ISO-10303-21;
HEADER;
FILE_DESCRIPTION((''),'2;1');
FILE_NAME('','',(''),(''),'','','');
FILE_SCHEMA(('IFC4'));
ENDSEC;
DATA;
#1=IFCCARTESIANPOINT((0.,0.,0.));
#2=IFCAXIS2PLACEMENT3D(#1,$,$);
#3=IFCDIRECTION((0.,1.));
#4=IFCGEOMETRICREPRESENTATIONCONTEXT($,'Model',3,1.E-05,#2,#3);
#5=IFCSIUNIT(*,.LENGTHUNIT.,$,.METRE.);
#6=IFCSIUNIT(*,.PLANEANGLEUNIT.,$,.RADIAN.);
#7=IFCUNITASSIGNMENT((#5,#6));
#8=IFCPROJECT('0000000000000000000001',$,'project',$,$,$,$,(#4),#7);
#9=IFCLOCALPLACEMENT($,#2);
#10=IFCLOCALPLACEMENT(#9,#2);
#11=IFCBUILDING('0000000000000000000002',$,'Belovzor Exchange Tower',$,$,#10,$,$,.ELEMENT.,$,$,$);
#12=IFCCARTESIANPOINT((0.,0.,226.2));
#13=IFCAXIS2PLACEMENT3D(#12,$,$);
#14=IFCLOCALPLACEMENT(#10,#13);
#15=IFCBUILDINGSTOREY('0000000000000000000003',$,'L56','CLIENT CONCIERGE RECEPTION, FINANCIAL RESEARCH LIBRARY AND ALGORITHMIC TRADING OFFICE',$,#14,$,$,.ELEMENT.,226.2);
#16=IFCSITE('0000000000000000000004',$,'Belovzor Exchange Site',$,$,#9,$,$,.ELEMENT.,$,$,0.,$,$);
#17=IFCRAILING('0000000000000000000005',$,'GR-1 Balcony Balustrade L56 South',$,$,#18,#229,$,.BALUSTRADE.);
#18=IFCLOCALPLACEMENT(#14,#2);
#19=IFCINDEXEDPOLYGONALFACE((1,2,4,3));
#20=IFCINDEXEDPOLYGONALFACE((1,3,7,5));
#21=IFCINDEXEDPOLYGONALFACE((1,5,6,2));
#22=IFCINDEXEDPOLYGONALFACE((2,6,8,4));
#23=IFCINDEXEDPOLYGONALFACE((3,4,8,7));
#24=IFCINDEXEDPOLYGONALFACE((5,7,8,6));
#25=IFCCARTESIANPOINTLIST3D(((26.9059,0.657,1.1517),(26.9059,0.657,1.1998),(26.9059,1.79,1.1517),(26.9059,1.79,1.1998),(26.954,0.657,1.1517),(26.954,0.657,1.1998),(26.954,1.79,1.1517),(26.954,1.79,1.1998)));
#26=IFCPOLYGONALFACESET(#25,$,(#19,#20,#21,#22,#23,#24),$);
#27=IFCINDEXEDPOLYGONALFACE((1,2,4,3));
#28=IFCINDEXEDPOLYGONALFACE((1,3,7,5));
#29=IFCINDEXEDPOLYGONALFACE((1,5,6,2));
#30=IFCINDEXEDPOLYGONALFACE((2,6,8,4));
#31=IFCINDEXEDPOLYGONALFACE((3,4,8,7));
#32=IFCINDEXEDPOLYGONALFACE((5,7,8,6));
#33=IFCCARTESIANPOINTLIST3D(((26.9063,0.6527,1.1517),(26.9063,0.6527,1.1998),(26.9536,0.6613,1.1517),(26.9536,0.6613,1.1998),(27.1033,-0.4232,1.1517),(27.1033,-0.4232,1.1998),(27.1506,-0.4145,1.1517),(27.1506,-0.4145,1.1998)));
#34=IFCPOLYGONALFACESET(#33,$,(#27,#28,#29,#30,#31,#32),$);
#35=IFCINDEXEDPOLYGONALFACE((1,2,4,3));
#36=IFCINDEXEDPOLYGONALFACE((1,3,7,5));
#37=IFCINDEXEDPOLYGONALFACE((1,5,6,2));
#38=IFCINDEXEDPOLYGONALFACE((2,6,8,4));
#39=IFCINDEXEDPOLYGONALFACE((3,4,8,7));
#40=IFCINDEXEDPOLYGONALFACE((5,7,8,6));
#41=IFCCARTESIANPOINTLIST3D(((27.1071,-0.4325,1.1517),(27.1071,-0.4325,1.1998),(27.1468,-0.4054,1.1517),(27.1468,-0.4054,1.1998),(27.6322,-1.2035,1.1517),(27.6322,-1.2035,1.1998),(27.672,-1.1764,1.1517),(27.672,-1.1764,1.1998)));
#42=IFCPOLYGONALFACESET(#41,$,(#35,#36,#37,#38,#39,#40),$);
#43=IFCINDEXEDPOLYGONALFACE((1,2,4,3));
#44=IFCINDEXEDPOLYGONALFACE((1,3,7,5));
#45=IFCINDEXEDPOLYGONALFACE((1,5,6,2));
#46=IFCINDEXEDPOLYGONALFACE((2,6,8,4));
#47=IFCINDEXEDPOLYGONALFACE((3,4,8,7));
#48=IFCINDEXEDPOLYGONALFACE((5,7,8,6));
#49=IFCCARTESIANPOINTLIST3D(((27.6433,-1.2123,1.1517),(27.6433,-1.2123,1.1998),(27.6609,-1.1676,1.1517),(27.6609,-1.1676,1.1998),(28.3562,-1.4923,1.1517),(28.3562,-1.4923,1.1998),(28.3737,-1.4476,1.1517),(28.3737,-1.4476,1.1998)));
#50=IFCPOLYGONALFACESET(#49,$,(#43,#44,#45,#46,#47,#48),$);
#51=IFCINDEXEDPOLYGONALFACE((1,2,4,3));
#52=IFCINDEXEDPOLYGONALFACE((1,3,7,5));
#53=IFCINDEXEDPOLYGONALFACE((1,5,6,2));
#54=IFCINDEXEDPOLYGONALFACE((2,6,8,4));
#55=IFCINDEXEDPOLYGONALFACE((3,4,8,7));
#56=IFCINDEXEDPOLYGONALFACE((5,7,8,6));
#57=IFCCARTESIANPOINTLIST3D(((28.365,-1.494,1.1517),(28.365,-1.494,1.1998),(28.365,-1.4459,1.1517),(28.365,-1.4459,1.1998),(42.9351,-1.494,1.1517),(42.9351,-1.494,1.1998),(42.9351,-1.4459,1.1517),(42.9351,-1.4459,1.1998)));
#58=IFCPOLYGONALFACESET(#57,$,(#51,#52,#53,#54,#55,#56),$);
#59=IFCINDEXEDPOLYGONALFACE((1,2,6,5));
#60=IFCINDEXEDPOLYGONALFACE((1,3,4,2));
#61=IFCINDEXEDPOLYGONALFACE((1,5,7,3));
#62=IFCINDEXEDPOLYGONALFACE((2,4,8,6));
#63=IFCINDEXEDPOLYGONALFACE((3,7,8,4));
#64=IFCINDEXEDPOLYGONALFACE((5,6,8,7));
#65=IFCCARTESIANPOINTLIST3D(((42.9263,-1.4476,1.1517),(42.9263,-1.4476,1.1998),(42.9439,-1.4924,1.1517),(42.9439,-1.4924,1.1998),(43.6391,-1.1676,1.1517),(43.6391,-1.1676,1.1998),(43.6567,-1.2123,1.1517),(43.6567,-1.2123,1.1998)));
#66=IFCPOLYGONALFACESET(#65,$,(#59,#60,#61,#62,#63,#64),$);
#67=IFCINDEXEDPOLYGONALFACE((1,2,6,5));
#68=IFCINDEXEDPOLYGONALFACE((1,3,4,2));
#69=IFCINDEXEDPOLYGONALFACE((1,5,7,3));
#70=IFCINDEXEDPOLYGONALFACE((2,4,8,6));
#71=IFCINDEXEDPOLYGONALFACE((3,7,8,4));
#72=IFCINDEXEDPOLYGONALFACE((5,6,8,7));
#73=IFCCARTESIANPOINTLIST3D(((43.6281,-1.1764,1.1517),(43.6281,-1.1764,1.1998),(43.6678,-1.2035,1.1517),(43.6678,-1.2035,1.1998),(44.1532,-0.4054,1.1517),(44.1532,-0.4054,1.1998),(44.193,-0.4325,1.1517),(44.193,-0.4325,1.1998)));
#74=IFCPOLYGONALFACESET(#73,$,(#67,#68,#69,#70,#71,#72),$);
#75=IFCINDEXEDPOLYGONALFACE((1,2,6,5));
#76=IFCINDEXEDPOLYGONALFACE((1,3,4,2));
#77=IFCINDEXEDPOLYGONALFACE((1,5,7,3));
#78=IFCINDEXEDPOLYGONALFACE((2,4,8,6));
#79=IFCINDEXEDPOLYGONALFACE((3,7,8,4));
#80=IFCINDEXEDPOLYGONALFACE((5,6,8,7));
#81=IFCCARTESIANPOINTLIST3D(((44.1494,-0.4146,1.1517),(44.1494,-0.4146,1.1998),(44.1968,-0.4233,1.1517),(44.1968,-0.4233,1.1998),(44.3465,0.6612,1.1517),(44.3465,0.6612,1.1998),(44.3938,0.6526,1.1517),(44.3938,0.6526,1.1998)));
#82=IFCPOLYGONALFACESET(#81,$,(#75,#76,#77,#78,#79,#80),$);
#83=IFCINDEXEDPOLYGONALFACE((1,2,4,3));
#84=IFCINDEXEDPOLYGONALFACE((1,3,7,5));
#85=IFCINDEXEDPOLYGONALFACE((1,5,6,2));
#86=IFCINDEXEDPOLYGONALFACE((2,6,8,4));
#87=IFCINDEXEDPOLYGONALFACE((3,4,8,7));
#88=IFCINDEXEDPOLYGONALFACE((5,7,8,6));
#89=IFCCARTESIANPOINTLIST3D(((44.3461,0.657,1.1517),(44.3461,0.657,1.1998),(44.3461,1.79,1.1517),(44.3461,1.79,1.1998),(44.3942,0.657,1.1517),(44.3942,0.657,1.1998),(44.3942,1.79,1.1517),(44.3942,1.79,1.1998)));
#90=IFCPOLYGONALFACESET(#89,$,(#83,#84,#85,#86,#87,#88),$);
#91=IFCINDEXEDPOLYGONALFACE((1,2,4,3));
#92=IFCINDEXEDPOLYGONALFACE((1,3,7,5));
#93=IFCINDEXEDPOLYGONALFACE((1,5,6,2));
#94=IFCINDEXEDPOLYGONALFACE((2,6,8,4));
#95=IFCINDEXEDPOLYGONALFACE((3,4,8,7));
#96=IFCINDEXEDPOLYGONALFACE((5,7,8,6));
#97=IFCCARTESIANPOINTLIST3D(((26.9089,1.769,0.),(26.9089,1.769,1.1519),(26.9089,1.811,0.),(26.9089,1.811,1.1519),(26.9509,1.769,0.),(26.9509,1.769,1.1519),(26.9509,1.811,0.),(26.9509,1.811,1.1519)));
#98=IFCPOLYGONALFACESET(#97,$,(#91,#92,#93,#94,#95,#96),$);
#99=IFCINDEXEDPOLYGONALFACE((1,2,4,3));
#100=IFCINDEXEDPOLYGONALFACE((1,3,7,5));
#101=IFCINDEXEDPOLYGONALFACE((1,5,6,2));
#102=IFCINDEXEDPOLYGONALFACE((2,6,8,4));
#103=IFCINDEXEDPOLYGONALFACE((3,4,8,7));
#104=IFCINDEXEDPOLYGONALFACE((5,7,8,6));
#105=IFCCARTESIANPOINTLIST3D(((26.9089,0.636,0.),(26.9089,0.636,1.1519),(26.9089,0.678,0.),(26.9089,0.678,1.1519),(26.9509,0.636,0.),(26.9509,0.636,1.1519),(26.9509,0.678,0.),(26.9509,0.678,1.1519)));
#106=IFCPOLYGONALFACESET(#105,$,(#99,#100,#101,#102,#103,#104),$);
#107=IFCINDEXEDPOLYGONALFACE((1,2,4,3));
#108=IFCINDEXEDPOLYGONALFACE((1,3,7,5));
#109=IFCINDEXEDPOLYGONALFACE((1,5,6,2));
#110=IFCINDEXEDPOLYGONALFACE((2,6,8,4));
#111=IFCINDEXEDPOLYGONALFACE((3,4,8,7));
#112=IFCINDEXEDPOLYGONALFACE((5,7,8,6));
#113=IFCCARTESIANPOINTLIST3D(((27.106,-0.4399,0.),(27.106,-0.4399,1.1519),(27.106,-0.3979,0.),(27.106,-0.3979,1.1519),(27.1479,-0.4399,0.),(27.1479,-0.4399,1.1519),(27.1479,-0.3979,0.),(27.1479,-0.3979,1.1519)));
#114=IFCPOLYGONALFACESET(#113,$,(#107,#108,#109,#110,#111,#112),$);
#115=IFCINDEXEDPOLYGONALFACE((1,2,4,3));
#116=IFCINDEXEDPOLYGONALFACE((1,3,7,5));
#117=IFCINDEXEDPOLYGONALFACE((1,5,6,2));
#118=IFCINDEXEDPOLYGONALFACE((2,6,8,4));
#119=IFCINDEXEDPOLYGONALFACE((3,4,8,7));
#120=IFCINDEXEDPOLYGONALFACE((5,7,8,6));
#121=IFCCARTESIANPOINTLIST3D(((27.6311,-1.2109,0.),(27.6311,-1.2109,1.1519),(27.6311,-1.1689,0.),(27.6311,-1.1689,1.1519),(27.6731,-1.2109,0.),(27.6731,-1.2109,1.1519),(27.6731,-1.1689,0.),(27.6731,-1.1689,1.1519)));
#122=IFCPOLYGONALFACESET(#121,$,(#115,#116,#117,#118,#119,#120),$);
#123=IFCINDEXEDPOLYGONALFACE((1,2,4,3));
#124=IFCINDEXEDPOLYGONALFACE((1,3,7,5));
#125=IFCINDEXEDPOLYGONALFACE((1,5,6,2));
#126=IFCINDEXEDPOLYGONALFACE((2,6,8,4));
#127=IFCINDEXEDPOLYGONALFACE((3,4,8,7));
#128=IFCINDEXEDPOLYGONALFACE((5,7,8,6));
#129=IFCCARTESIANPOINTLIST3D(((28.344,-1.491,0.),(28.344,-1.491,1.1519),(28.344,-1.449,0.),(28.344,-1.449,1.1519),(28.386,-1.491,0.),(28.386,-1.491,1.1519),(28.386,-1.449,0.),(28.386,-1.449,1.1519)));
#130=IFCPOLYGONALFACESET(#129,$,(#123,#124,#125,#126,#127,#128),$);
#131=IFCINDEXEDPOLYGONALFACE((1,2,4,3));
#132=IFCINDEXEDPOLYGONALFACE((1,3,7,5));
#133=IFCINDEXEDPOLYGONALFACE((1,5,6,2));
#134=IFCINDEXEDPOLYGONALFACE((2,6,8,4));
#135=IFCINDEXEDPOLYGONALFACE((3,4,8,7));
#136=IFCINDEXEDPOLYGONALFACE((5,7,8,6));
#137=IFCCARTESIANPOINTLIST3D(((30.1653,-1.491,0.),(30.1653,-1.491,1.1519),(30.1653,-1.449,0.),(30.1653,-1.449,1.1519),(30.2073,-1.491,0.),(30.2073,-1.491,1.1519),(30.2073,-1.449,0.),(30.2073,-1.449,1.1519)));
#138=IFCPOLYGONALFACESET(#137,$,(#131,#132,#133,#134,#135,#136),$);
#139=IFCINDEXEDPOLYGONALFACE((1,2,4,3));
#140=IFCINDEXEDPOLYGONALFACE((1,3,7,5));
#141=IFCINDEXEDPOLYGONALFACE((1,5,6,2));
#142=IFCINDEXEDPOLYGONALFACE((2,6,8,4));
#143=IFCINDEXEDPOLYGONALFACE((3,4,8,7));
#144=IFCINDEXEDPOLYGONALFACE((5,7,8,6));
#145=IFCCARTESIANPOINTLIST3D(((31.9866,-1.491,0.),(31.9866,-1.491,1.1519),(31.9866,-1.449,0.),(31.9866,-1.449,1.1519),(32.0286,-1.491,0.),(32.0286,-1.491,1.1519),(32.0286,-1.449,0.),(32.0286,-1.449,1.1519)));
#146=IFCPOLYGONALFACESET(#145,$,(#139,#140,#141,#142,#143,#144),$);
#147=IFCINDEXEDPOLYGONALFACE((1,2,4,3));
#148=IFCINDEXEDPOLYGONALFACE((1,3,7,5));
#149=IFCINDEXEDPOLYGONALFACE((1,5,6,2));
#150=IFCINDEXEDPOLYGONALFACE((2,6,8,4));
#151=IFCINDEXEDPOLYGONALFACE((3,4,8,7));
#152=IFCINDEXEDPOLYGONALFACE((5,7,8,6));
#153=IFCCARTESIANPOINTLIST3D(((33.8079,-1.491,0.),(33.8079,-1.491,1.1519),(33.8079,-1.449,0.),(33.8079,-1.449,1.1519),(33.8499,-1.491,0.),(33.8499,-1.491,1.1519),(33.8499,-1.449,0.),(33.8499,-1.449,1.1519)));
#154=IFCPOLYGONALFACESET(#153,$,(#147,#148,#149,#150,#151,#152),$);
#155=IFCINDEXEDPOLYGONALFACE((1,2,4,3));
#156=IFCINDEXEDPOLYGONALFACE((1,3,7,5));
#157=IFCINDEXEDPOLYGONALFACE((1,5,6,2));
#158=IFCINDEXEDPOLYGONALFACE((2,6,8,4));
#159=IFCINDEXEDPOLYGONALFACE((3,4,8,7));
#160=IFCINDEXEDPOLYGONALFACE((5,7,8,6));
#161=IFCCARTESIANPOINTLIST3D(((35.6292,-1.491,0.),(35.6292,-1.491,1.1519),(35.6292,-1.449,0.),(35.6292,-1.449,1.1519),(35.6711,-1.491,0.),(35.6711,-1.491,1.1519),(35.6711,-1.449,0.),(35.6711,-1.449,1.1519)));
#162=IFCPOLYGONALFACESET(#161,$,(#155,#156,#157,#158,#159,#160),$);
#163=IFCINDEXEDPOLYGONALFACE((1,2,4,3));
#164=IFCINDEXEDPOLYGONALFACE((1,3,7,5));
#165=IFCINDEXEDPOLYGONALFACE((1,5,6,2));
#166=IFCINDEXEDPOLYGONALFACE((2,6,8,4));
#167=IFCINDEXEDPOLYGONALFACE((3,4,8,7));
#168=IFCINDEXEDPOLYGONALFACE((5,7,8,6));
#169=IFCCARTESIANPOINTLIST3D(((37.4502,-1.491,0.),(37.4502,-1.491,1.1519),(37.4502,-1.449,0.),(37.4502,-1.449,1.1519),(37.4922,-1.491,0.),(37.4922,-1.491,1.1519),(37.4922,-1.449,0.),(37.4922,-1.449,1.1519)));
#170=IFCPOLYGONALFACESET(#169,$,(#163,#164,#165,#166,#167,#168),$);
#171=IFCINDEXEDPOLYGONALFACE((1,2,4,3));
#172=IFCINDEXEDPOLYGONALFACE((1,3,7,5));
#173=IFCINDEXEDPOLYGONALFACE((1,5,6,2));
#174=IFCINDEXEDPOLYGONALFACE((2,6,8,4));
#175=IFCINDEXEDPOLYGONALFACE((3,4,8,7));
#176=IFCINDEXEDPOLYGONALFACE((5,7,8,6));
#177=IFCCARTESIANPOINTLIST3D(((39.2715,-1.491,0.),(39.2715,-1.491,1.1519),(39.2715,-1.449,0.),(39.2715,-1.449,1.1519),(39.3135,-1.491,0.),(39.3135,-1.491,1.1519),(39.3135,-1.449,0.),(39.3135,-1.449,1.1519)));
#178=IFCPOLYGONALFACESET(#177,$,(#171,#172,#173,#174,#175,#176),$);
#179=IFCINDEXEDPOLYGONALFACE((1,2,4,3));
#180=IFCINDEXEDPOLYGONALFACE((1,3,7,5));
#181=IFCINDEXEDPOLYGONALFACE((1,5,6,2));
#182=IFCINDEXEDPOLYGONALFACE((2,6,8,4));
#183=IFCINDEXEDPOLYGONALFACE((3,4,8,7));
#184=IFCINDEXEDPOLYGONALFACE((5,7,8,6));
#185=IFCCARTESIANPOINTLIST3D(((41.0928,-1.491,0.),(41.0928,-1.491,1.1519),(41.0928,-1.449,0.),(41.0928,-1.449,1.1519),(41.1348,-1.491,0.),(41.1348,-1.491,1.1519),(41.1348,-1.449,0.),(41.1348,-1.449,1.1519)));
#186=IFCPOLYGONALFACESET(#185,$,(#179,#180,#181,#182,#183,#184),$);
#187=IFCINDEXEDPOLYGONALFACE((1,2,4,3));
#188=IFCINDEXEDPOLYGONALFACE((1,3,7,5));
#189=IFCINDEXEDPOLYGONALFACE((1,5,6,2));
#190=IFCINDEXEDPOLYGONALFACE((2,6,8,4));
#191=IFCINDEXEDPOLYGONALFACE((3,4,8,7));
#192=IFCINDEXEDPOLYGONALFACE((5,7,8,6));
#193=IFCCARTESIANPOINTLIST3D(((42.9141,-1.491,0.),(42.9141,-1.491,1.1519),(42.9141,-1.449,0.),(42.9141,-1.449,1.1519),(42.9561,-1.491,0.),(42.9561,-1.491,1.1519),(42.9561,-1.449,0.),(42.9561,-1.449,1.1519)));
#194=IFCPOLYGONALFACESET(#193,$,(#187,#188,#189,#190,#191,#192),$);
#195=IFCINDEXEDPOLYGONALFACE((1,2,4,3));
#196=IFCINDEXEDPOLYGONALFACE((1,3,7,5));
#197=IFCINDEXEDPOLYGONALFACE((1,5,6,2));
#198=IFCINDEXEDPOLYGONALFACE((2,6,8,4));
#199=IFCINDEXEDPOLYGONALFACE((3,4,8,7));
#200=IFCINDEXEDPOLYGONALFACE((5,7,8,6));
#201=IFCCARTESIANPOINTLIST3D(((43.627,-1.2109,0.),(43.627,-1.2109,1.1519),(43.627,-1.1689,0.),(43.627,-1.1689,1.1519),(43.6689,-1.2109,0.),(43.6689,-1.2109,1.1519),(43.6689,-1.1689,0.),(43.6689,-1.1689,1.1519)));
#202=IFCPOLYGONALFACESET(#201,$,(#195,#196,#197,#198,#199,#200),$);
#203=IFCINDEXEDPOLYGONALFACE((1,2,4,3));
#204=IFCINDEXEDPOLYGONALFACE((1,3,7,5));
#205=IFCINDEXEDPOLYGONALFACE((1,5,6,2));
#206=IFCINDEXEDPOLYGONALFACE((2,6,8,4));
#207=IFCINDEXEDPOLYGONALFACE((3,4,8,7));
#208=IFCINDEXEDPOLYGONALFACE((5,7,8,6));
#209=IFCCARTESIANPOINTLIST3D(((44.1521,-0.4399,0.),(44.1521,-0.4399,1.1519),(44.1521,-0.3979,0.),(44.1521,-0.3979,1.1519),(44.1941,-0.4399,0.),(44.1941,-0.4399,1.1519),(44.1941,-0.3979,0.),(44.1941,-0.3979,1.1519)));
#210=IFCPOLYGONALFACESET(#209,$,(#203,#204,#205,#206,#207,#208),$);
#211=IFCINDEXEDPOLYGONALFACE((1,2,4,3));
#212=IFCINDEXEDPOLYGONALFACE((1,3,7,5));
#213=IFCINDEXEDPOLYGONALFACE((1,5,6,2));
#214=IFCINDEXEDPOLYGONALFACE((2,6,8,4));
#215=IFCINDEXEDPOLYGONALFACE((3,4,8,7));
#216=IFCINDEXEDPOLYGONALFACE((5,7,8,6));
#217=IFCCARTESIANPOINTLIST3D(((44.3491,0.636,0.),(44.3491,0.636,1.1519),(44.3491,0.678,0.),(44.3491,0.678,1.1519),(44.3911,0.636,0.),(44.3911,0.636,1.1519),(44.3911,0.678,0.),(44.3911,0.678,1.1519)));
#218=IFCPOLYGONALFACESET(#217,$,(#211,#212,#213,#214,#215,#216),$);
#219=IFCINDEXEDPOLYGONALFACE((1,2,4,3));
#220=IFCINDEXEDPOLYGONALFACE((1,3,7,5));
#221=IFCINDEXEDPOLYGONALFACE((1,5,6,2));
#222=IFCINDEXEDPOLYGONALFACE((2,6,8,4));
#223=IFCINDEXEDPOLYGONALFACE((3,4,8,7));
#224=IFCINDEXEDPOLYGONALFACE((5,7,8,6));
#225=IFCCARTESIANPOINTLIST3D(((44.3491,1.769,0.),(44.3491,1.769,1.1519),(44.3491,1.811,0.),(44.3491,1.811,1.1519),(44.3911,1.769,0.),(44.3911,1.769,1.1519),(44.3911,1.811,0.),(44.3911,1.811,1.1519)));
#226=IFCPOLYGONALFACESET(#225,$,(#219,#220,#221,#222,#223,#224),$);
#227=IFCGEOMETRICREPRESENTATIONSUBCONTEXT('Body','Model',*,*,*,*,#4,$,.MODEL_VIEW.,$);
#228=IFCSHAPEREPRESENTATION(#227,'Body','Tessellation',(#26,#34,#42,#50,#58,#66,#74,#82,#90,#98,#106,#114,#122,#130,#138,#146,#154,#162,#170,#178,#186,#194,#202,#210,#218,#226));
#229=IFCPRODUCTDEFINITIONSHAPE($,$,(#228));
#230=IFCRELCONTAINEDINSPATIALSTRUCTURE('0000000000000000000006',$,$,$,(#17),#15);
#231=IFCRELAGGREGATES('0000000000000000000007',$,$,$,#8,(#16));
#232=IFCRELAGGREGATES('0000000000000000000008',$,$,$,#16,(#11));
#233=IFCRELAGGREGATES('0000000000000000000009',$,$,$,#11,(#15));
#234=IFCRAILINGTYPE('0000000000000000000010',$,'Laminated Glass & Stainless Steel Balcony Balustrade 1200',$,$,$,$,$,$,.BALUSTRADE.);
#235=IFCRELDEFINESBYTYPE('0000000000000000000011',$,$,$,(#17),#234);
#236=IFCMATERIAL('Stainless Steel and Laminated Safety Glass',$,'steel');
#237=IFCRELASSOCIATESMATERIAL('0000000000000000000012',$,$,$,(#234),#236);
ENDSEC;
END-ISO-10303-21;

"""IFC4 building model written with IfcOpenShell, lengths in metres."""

from ifc_helpers import new_model, si_unit, direction, frame, origin, origin_2d, place, context, subcontext, project, spatial, rectangle, extrude, material, type_object, element, save


model = new_model("IFC4")

# Units and contexts
model_context = context("Model", 3, precision=1e-05, world=origin(), true_north=direction((0.0, 1.0)))
body_context = subcontext(model_context, "Body", "Model", "MODEL_VIEW")
ifc_project = project(units=[si_unit("LENGTHUNIT", "METRE"), si_unit("PLANEANGLEUNIT", "RADIAN")], contexts=[model_context])

# Site, building, storey
site_placement = place(None, origin())
site = spatial("IfcSite", under=ifc_project, at=site_placement, Name="Belovzor Exchange Site", CompositionType="ELEMENT", RefElevation=0.0)
building_placement = place(site_placement, origin())
building = spatial("IfcBuilding", under=site, at=building_placement, Name="Belovzor Exchange Tower", CompositionType="ELEMENT")
storey_placement = place(building_placement, frame((0.0, 0.0, 226.2)))
storey = spatial("IfcBuildingStorey", under=building, at=storey_placement, Name="L56", Description="CLIENT CONCIERGE RECEPTION, FINANCIAL RESEARCH LIBRARY AND ALGORITHMIC TRADING OFFICE", CompositionType="ELEMENT", Elevation=226.2)

# Railing
ifc_material_1 = material(Name="Stainless Steel and Laminated Safety Glass", Category="steel")
railing_type = type_object("IfcRailingType", Name="Laminated Glass & Stainless Steel Balcony Balustrade 1200", PredefinedType="BALUSTRADE", material=ifc_material_1)
railing_placement = place(storey_placement, frame((26.9299, 1.79, 0.0)))
element("IfcRailing", 1, at=railing_placement, inside=storey, type_object=railing_type, Name="GR-1 Balcony Balustrade L56 South", PredefinedType="BALUSTRADE", context=body_context, shape_type="SweptSolid", body=[
    extrude(rectangle(XDim=0.0481, YDim=0.0481, at=origin_2d()), frame((0.0, 0.0, 1.1758), z_axis=(0.0, -1.0, 0.0), x_axis=(1.0, 0.0, 0.0)), (0.0, 0.0, 1.0), 1.1331),
    extrude(rectangle(XDim=0.0481, YDim=0.0481, at=origin_2d()), frame((0.0, -1.1331, 1.1758), z_axis=(0.180123, -0.983644, 0.0), x_axis=(0.983644, 0.180123, 0.0)), (0.0, 0.0, 1.0), 1.0938),
    extrude(rectangle(XDim=0.0481, YDim=0.0481, at=origin_2d()), frame((0.197, -2.209, 1.1758), z_axis=(0.562947, -0.826493, 0.0), x_axis=(0.826493, 0.562947, 0.0)), (0.0, 0.0, 1.0), 0.9329),
    extrude(rectangle(XDim=0.0481, YDim=0.0481, at=origin_2d()), frame((0.7222, -2.98, 1.1758), z_axis=(0.930767, -0.365613, 0.0), x_axis=(0.365613, 0.930767, 0.0)), (0.0, 0.0, 1.0), 0.7659),
    extrude(rectangle(XDim=0.0481, YDim=0.0481, at=origin_2d()), frame((1.4351, -3.26, 1.1758), z_axis=(1.0, 0.0, 0.0), x_axis=(0.0, 1.0, 0.0)), (0.0, 0.0, 1.0), 14.5701),
    extrude(rectangle(XDim=0.0481, YDim=0.0481, at=origin_2d()), frame((16.0051, -3.26, 1.1758), z_axis=(0.930767, 0.365613, 0.0), x_axis=(-0.365613, 0.930767, 0.0)), (0.0, 0.0, 1.0), 0.7659),
    extrude(rectangle(XDim=0.0481, YDim=0.0481, at=origin_2d()), frame((16.718, -2.98, 1.1758), z_axis=(0.562947, 0.826493, 0.0), x_axis=(-0.826493, 0.562947, 0.0)), (0.0, 0.0, 1.0), 0.9329),
    extrude(rectangle(XDim=0.0481, YDim=0.0481, at=origin_2d()), frame((17.2432, -2.209, 1.1758), z_axis=(0.180123, 0.983644, 0.0), x_axis=(-0.983644, 0.180123, 0.0)), (0.0, 0.0, 1.0), 1.0938),
    extrude(rectangle(XDim=0.0481, YDim=0.0481, at=origin_2d()), frame((17.4402, -1.1331, 1.1758), z_axis=(0.0, 1.0, 0.0), x_axis=(-1.0, 0.0, 0.0)), (0.0, 0.0, 1.0), 1.1331),
    extrude(rectangle(XDim=0.042, YDim=0.042, at=origin_2d()), origin(), (0.0, 0.0, 1.0), 1.1519),
    extrude(rectangle(XDim=0.042, YDim=0.042, at=origin_2d()), frame((0.0, -1.1331, 0.0)), (0.0, 0.0, 1.0), 1.1519),
    extrude(rectangle(XDim=0.042, YDim=0.042, at=origin_2d()), frame((0.197, -2.209, 0.0)), (0.0, 0.0, 1.0), 1.1519),
    extrude(rectangle(XDim=0.042, YDim=0.042, at=origin_2d()), frame((0.7222, -2.98, 0.0)), (0.0, 0.0, 1.0), 1.1519),
    extrude(rectangle(XDim=0.042, YDim=0.042, at=origin_2d()), frame((1.4351, -3.26, 0.0)), (0.0, 0.0, 1.0), 1.1519),
    extrude(rectangle(XDim=0.042, YDim=0.042, at=origin_2d()), frame((3.2563, -3.26, 0.0)), (0.0, 0.0, 1.0), 1.1519),
    extrude(rectangle(XDim=0.042, YDim=0.042, at=origin_2d()), frame((5.0776, -3.26, 0.0)), (0.0, 0.0, 1.0), 1.1519),
    extrude(rectangle(XDim=0.042, YDim=0.042, at=origin_2d()), frame((6.8989, -3.26, 0.0)), (0.0, 0.0, 1.0), 1.1519),
    extrude(rectangle(XDim=0.042, YDim=0.042, at=origin_2d()), frame((8.7202, -3.26, 0.0)), (0.0, 0.0, 1.0), 1.1519),
    extrude(rectangle(XDim=0.042, YDim=0.042, at=origin_2d()), frame((10.5413, -3.26, 0.0)), (0.0, 0.0, 1.0), 1.1519),
    extrude(rectangle(XDim=0.042, YDim=0.042, at=origin_2d()), frame((12.3625, -3.26, 0.0)), (0.0, 0.0, 1.0), 1.1519),
    extrude(rectangle(XDim=0.042, YDim=0.042, at=origin_2d()), frame((14.1838, -3.26, 0.0)), (0.0, 0.0, 1.0), 1.1519),
    extrude(rectangle(XDim=0.042, YDim=0.042, at=origin_2d()), frame((16.0051, -3.26, 0.0)), (0.0, 0.0, 1.0), 1.1519),
    extrude(rectangle(XDim=0.042, YDim=0.042, at=origin_2d()), frame((16.718, -2.98, 0.0)), (0.0, 0.0, 1.0), 1.1519),
    extrude(rectangle(XDim=0.042, YDim=0.042, at=origin_2d()), frame((17.2432, -2.209, 0.0)), (0.0, 0.0, 1.0), 1.1519),
    extrude(rectangle(XDim=0.042, YDim=0.042, at=origin_2d()), frame((17.4402, -1.1331, 0.0)), (0.0, 0.0, 1.0), 1.1519),
    extrude(rectangle(XDim=0.042, YDim=0.042, at=origin_2d()), frame((17.4402, 0.0, 0.0)), (0.0, 0.0, 1.0), 1.1519),
])

save(model, "model.ifc")
